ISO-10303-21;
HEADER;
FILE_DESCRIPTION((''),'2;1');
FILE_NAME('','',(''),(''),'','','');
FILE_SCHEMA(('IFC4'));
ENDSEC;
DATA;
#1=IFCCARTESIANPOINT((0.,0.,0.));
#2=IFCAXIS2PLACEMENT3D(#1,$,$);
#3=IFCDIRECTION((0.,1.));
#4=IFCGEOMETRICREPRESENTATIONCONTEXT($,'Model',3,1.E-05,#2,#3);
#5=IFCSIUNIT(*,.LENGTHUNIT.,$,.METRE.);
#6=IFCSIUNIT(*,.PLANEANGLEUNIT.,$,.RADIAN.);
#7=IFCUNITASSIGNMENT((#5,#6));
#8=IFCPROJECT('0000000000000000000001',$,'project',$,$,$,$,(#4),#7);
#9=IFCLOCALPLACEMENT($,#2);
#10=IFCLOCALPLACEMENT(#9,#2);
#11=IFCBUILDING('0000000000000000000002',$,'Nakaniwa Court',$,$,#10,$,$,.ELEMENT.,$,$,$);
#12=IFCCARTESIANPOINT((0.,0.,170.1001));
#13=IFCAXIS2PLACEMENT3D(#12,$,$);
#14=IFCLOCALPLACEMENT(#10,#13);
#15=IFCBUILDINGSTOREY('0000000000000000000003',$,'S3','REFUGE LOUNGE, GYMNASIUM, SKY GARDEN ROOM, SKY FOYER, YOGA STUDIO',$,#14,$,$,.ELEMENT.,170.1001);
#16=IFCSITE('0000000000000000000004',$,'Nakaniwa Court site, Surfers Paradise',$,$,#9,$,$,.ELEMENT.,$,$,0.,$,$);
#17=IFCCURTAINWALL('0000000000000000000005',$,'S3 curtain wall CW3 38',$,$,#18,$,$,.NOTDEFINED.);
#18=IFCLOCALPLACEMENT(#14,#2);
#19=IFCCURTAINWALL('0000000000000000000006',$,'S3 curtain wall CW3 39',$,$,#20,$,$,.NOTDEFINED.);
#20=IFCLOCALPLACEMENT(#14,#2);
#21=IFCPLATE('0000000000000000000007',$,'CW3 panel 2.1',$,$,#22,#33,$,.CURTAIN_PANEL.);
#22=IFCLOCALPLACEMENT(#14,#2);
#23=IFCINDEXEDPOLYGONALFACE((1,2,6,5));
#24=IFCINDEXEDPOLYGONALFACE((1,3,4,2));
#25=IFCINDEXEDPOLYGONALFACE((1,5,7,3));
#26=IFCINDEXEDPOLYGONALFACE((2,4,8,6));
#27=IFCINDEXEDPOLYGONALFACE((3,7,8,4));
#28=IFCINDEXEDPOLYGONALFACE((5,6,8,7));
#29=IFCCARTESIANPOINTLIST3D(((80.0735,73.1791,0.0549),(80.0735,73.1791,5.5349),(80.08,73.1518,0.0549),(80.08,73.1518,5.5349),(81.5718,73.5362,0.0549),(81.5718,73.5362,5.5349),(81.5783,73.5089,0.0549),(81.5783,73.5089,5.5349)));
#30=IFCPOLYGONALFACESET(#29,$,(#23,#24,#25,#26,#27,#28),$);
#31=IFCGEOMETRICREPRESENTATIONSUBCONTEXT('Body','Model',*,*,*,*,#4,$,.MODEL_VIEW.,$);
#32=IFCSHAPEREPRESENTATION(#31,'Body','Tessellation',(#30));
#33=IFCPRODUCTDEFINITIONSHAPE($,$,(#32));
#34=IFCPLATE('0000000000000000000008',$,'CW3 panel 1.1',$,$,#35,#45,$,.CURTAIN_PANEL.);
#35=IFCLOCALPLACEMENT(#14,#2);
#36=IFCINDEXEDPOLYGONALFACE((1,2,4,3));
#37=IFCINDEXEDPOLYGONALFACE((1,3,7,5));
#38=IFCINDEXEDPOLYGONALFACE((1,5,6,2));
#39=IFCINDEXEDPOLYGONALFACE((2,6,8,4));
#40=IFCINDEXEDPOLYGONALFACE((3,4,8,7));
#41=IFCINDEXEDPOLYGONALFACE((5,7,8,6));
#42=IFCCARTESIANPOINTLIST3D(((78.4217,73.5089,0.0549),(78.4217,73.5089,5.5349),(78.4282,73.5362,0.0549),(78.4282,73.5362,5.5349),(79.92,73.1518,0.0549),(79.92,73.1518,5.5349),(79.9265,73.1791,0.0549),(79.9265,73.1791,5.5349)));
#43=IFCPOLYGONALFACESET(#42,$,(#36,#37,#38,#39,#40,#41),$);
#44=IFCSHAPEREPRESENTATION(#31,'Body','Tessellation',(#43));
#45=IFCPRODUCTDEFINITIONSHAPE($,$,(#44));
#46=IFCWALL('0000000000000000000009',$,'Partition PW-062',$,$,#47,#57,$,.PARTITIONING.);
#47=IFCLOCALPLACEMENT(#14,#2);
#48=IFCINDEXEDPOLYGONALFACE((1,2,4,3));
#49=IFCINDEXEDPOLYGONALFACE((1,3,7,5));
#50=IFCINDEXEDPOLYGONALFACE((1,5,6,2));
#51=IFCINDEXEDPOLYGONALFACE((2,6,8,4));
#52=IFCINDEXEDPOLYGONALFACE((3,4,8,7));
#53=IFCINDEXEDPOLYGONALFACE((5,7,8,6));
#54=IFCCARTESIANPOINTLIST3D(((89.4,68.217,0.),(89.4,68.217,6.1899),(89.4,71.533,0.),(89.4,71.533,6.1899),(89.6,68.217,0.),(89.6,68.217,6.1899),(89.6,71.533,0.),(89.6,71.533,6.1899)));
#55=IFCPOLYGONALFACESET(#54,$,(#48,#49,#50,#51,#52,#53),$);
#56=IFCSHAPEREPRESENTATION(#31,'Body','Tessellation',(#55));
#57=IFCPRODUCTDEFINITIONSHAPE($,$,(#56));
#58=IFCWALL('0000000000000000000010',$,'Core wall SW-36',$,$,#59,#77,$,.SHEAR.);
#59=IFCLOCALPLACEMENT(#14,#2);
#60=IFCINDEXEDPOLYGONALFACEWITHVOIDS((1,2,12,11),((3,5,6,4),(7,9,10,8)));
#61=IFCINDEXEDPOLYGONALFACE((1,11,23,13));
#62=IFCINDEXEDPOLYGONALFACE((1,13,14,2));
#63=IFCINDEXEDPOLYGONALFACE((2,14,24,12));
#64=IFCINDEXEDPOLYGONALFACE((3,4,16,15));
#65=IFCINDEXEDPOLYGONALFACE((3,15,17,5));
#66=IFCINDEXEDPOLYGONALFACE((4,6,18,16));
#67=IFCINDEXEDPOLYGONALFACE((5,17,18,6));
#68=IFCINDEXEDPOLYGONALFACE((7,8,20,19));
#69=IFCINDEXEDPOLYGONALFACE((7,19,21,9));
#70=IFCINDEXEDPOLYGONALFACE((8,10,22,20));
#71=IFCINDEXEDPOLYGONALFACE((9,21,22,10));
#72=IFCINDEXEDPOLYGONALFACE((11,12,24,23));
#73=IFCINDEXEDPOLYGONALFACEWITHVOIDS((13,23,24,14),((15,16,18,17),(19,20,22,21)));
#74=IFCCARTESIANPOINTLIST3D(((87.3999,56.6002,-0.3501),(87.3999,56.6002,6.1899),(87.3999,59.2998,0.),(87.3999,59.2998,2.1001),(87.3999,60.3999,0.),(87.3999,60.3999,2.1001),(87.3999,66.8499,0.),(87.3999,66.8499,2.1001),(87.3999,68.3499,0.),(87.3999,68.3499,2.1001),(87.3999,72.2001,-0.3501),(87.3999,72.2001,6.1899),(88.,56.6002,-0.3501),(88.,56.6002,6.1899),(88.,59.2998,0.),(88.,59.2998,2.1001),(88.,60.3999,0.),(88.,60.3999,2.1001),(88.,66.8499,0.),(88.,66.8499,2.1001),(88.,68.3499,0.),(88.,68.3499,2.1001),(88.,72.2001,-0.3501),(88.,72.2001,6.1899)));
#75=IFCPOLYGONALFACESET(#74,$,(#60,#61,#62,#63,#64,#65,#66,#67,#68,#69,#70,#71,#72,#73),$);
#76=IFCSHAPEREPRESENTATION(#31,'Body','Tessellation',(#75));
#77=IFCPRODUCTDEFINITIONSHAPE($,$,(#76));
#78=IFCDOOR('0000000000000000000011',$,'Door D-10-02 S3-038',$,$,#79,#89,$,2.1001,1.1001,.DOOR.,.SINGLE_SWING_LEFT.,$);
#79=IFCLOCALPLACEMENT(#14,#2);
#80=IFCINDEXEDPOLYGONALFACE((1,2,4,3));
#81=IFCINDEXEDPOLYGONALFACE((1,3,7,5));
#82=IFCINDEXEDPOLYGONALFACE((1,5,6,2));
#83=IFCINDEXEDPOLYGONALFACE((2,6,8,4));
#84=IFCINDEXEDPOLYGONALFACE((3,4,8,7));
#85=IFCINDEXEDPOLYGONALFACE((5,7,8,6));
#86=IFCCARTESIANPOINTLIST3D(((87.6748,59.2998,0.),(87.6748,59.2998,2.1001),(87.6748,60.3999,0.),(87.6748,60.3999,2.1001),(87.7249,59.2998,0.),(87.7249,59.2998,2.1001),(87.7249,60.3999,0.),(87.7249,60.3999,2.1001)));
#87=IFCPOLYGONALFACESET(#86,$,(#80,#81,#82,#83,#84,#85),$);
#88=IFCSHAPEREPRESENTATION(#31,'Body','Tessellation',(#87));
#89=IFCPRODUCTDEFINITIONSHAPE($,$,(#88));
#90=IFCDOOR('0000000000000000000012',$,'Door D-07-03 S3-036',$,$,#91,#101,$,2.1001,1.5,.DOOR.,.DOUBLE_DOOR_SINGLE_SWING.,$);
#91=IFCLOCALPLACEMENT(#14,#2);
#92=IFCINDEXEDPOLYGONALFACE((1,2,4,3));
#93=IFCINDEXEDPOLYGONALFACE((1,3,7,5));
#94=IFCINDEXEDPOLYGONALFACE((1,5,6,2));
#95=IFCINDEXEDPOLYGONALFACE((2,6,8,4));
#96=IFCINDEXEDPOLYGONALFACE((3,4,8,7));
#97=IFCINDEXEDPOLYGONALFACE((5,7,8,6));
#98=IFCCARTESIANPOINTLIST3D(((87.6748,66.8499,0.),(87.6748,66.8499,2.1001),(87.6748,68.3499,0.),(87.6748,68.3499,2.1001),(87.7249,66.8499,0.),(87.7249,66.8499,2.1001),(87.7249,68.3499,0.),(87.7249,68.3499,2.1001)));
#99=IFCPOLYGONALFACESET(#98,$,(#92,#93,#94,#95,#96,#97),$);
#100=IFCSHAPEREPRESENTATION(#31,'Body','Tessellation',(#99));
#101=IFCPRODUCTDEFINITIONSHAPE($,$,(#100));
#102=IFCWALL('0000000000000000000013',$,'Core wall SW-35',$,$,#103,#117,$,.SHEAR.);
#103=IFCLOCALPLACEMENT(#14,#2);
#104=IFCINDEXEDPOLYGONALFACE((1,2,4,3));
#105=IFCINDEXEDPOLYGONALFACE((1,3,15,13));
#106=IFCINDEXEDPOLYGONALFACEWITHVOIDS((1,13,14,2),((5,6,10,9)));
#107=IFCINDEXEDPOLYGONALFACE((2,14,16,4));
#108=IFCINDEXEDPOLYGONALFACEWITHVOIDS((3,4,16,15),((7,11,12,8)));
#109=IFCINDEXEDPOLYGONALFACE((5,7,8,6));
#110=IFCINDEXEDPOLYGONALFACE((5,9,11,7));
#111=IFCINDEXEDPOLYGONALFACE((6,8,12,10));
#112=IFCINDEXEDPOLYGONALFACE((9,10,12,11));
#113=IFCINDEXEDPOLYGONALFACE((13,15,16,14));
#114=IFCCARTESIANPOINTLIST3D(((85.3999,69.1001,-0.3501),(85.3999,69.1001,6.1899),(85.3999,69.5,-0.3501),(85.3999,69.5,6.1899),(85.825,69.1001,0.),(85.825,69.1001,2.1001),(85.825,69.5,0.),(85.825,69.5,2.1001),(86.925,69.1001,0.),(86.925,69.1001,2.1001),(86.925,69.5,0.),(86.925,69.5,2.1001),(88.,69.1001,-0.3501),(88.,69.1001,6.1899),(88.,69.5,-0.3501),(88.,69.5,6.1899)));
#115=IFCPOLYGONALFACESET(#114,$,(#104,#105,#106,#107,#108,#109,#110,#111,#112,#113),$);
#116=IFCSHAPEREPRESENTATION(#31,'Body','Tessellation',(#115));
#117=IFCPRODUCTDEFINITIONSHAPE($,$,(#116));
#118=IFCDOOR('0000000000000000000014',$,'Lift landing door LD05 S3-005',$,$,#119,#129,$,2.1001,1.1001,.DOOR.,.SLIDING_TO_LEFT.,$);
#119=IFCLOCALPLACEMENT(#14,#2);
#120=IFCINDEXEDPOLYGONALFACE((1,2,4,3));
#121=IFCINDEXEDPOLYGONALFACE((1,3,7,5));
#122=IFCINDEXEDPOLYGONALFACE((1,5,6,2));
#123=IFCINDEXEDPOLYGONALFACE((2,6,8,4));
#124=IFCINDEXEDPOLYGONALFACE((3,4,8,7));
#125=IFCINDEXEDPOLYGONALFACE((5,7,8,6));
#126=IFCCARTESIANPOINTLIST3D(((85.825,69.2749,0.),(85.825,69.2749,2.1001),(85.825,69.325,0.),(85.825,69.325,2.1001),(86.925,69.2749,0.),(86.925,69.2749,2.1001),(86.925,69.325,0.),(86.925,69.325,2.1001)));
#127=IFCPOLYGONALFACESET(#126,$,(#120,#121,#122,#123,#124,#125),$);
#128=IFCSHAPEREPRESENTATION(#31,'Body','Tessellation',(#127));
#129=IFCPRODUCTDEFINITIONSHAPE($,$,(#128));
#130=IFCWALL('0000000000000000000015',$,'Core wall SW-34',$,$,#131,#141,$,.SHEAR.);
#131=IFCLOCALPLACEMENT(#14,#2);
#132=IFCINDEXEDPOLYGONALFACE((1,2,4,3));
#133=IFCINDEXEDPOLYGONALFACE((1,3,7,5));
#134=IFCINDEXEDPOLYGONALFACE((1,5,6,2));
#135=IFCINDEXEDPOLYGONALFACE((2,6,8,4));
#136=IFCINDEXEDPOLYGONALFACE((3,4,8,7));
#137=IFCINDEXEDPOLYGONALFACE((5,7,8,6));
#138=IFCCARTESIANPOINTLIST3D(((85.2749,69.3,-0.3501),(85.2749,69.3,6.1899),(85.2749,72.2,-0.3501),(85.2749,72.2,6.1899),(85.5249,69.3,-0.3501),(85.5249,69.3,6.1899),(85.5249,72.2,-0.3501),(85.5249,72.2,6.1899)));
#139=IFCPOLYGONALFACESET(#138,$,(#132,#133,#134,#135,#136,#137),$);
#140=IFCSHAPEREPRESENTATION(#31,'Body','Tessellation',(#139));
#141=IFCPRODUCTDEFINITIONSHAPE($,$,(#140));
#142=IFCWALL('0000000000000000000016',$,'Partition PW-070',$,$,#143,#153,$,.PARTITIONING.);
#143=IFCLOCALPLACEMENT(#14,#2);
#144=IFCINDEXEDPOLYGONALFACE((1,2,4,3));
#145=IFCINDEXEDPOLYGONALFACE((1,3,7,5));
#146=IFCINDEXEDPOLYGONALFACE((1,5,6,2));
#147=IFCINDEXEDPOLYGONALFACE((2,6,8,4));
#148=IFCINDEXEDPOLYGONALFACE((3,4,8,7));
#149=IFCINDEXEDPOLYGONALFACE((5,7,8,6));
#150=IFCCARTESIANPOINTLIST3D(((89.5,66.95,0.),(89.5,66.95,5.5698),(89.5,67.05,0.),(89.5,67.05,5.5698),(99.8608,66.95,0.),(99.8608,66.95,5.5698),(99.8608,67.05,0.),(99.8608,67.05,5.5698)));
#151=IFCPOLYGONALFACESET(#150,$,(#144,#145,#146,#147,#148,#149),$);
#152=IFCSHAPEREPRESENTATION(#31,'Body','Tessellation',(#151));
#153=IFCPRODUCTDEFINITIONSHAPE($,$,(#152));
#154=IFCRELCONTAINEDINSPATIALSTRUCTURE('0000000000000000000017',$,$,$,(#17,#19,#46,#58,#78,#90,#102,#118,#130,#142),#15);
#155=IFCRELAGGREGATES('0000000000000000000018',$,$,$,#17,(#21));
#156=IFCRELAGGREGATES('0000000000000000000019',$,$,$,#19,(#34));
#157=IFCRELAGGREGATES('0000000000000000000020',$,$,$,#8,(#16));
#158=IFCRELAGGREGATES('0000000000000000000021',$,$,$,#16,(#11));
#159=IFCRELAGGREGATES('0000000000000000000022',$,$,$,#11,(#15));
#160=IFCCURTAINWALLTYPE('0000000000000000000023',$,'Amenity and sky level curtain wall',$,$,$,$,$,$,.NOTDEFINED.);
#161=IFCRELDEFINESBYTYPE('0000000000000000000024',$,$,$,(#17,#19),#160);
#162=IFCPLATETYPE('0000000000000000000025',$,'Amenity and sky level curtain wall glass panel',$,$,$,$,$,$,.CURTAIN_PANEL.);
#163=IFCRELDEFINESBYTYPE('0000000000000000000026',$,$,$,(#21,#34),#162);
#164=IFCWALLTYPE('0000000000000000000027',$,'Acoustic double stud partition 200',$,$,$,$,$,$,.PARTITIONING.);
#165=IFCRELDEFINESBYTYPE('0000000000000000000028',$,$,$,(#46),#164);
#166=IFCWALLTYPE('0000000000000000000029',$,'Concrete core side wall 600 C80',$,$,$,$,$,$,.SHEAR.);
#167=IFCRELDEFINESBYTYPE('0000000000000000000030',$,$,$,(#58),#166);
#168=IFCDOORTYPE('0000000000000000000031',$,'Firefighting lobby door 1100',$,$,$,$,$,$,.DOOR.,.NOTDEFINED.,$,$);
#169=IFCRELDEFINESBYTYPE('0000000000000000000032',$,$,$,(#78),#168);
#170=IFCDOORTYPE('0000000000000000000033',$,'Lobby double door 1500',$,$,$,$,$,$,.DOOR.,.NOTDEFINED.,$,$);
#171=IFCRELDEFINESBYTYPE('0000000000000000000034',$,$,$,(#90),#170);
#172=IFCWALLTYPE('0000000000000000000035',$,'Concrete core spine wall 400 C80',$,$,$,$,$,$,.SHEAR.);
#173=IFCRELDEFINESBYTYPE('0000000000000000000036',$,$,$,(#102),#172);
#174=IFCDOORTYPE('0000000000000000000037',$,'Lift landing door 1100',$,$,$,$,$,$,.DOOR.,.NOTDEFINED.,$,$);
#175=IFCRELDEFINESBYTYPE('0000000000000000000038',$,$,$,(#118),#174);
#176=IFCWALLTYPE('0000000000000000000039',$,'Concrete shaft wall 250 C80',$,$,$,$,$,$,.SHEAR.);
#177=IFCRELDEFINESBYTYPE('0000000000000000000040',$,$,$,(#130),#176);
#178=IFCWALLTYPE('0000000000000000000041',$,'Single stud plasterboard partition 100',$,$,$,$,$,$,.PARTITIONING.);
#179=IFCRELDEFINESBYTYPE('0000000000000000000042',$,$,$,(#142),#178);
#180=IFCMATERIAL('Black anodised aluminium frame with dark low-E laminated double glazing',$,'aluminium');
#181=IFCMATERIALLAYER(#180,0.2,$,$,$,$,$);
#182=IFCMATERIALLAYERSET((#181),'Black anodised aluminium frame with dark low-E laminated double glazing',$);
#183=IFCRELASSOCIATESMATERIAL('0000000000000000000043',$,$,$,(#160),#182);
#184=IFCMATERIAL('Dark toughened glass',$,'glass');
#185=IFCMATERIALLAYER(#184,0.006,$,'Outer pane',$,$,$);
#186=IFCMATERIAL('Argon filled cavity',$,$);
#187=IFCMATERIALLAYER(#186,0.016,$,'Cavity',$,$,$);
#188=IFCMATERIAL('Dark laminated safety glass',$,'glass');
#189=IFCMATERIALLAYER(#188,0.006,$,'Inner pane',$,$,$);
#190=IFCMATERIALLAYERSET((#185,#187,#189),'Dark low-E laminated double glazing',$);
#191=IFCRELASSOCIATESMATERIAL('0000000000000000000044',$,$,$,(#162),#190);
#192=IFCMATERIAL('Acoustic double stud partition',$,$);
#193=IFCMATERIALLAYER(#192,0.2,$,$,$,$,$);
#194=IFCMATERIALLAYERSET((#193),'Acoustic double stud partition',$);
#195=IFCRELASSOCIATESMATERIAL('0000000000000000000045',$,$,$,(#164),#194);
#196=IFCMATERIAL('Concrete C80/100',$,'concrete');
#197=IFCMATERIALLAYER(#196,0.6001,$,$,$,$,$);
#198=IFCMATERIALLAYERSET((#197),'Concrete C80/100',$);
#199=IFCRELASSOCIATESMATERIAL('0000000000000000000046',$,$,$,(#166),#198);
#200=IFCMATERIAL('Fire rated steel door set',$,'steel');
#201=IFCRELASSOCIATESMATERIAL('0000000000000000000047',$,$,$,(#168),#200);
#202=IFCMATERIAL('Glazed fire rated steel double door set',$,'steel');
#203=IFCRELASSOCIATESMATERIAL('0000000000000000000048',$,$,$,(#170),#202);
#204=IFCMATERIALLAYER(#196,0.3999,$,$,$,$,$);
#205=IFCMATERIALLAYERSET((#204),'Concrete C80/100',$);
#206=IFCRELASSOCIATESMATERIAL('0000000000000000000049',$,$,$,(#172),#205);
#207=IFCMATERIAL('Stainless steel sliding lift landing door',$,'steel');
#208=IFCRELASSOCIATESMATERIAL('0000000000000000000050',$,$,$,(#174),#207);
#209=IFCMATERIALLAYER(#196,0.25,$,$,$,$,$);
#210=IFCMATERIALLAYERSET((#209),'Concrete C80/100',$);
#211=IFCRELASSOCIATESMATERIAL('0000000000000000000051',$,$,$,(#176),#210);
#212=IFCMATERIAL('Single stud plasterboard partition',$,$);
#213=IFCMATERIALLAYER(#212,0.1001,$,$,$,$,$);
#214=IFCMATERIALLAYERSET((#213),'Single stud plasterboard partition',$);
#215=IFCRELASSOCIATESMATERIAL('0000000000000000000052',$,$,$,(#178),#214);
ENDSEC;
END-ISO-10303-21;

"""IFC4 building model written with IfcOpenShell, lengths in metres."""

from ifc_helpers import new_model, si_unit, direction, frame, frame_2d, origin, origin_2d, place, context, subcontext, project, spatial, rectangle, extrude, material, layer, layer_set, type_object, element, fill, aggregate, save


model = new_model("IFC4")

# Units and contexts
model_context = context("Model", 3, precision=1e-05, world=origin(), true_north=direction((0.0, 1.0)))
body_context = subcontext(model_context, "Body", "Model", "MODEL_VIEW")
ifc_project = project(units=[si_unit("LENGTHUNIT", "METRE"), si_unit("PLANEANGLEUNIT", "RADIAN")], contexts=[model_context])

# Site, building, storey
site_placement = place(None, origin())
site = spatial("IfcSite", under=ifc_project, at=site_placement, Name="Nakaniwa Court site, Surfers Paradise", CompositionType="ELEMENT", RefElevation=0.0)
building_placement = place(site_placement, origin())
building = spatial("IfcBuilding", under=site, at=building_placement, Name="Nakaniwa Court", CompositionType="ELEMENT")
storey_placement = place(building_placement, frame((0.0, 0.0, 170.1001)))
storey = spatial("IfcBuildingStorey", under=building, at=storey_placement, Name="S3", Description="REFUGE LOUNGE, GYMNASIUM, SKY GARDEN ROOM, SKY FOYER, YOGA STUDIO", CompositionType="ELEMENT", Elevation=170.1001)

# Shared definitions
ifc_material_1 = material(Name="Concrete C80/100", Category="concrete")

# Shared definitions
ifc_material_2 = material(Name="Black anodised aluminium frame with dark low-E laminated double glazing", Category="aluminium")
ifc_layer_1 = layer(ifc_material_2, 0.2)
ifc_layer_set_1 = layer_set([ifc_layer_1], Name="Black anodised aluminium frame with dark low-E laminated double glazing")
curtain_wall_type = type_object("IfcCurtainWallType", Name="Amenity and sky level curtain wall", PredefinedType="NOTDEFINED", material=ifc_layer_set_1)

# Curtain walls
curtain_wall_1_placement = place(storey_placement, origin())
curtain_wall_1 = element("IfcCurtainWall", 1, at=curtain_wall_1_placement, inside=storey, type_object=curtain_wall_type, Name="S3 curtain wall CW3 38", PredefinedType="NOTDEFINED")
curtain_wall_2_placement = place(storey_placement, origin())
curtain_wall_2 = element("IfcCurtainWall", 2, at=curtain_wall_2_placement, inside=storey, type_object=curtain_wall_type, Name="S3 curtain wall CW3 39", PredefinedType="NOTDEFINED")

# Plates
ifc_material_3 = material(Name="Dark toughened glass", Category="glass")
ifc_layer_2 = layer(ifc_material_3, 0.006, Name="Outer pane")
ifc_material_4 = material(Name="Argon filled cavity")
ifc_layer_3 = layer(ifc_material_4, 0.016, Name="Cavity")
ifc_material_5 = material(Name="Dark laminated safety glass", Category="glass")
ifc_layer_4 = layer(ifc_material_5, 0.006, Name="Inner pane")
ifc_layer_set_2 = layer_set([ifc_layer_2, ifc_layer_3, ifc_layer_4], Name="Dark low-E laminated double glazing")
plate_type = type_object("IfcPlateType", Name="Amenity and sky level curtain wall glass panel", PredefinedType="CURTAIN_PANEL", material=ifc_layer_set_2)
plate_1_placement = place(storey_placement, frame((80.8259, 73.344, 0.0549), z_axis=(0.0, 0.0, 1.0), x_axis=(-0.972766, -0.231791, 0.0)))
plate_1 = element("IfcPlate", 3, at=plate_1_placement, type_object=plate_type, Name="CW3 panel 2.1", PredefinedType="CURTAIN_PANEL", context=body_context, shape_type="SweptSolid", body=[
    extrude(rectangle(XDim=1.5403, YDim=0.0281, at=origin_2d()), origin(), (0.0, 0.0, 1.0), 5.48),
])
aggregate(curtain_wall_1, [plate_1])
plate_2_placement = place(storey_placement, frame((79.1741, 73.344, 0.0549), z_axis=(0.0, 0.0, 1.0), x_axis=(-0.972766, 0.231791, 0.0)))
plate_2 = element("IfcPlate", 4, at=plate_2_placement, type_object=plate_type, Name="CW3 panel 1.1", PredefinedType="CURTAIN_PANEL", context=body_context, shape_type="SweptSolid", body=[
    extrude(rectangle(XDim=1.5403, YDim=0.0281, at=origin_2d()), origin(), (0.0, 0.0, 1.0), 5.48),
])
aggregate(curtain_wall_2, [plate_2])

# Wall
ifc_material_6 = material(Name="Acoustic double stud partition")
ifc_layer_5 = layer(ifc_material_6, 0.2)
ifc_layer_set_3 = layer_set([ifc_layer_5], Name="Acoustic double stud partition")
wall_type_1 = type_object("IfcWallType", Name="Acoustic double stud partition 200", PredefinedType="PARTITIONING", material=ifc_layer_set_3)
wall_1_placement = place(storey_placement, frame((89.5, 68.217, 0.0), z_axis=(0.0, 0.0, 1.0), x_axis=(0.0, 1.0, 0.0)))
element("IfcWall", 5, at=wall_1_placement, inside=storey, type_object=wall_type_1, Name="Partition PW-062", PredefinedType="PARTITIONING", context=body_context, shape_type="SweptSolid", body=[
    extrude(rectangle(XDim=3.3159, YDim=0.2, at=frame_2d((1.658, 0.0))), origin(), (0.0, 0.0, 1.0), 6.1899),
])

# Wall, openings, doors
ifc_layer_6 = layer(ifc_material_1, 0.6001)
ifc_layer_set_4 = layer_set([ifc_layer_6], Name="Concrete C80/100")
wall_type_2 = type_object("IfcWallType", Name="Concrete core side wall 600 C80", PredefinedType="SHEAR", material=ifc_layer_set_4)
wall_2_placement = place(storey_placement, frame((87.7, 72.2, -0.3501), z_axis=(0.0, 0.0, 1.0), x_axis=(0.0, -1.0, 0.0)))
wall_2 = element("IfcWall", 6, at=wall_2_placement, inside=storey, type_object=wall_type_2, Name="Core wall SW-36", PredefinedType="SHEAR", context=body_context, shape_type="SweptSolid", body=[
    extrude(rectangle(XDim=15.5999, YDim=0.6001, at=frame_2d((7.7998, 0.0))), origin(), (0.0, 0.0, 1.0), 6.54),
])
opening_1_placement = place(wall_2_placement, frame((3.8501, 0.0, 0.3501)))
opening_1 = element("IfcOpeningElement", 7, at=opening_1_placement, cuts=wall_2, PredefinedType="OPENING", context=body_context, shape_type="SweptSolid", body=[
    extrude(rectangle(XDim=1.5, YDim=2.1001, at=frame_2d((0.75, 1.05))), frame((0.0, 0.3101, 0.0), z_axis=(0.0, -1.0, 0.0), x_axis=(1.0, 0.0, 0.0)), (0.0, 0.0, 1.0), 0.6201),
])
opening_2_placement = place(wall_2_placement, frame((11.8, 0.0, 0.3501)))
opening_2 = element("IfcOpeningElement", 8, at=opening_2_placement, cuts=wall_2, PredefinedType="OPENING", context=body_context, shape_type="SweptSolid", body=[
    extrude(rectangle(XDim=1.1001, YDim=2.1001, at=frame_2d((0.55, 1.05))), frame((0.0, 0.3101, 0.0), z_axis=(0.0, -1.0, 0.0), x_axis=(1.0, 0.0, 0.0)), (0.0, 0.0, 1.0), 0.6201),
])
ifc_material_7 = material(Name="Fire rated steel door set", Category="steel")
door_type_1 = type_object("IfcDoorType", Name="Firefighting lobby door 1100", OperationType="NOTDEFINED", PredefinedType="DOOR", material=ifc_material_7)
door_1_placement = place(opening_2_placement, origin())
door_1 = element("IfcDoor", 9, at=door_1_placement, inside=storey, type_object=door_type_1, Name="Door D-10-02 S3-038", OperationType="SINGLE_SWING_LEFT", OverallHeight=2.1001, OverallWidth=1.1001, PredefinedType="DOOR", context=body_context, shape_type="SweptSolid", body=[
    extrude(rectangle(XDim=1.1001, YDim=2.1001, at=frame_2d((0.55, 1.05))), frame((0.0, 0.0249, 0.0), z_axis=(0.0, -1.0, 0.0), x_axis=(1.0, 0.0, 0.0)), (0.0, 0.0, 1.0), 0.05),
])
fill(opening_2, door_1)
ifc_material_8 = material(Name="Glazed fire rated steel double door set", Category="steel")
door_type_2 = type_object("IfcDoorType", Name="Lobby double door 1500", OperationType="NOTDEFINED", PredefinedType="DOOR", material=ifc_material_8)
door_2_placement = place(opening_1_placement, origin())
door_2 = element("IfcDoor", 10, at=door_2_placement, inside=storey, type_object=door_type_2, Name="Door D-07-03 S3-036", OperationType="DOUBLE_DOOR_SINGLE_SWING", OverallHeight=2.1001, OverallWidth=1.5, PredefinedType="DOOR", context=body_context, shape_type="SweptSolid", body=[
    extrude(rectangle(XDim=1.5, YDim=2.1001, at=frame_2d((0.75, 1.05))), frame((0.0, 0.0249, 0.0), z_axis=(0.0, -1.0, 0.0), x_axis=(1.0, 0.0, 0.0)), (0.0, 0.0, 1.0), 0.05),
])
fill(opening_1, door_2)

# Wall, opening, door
ifc_layer_7 = layer(ifc_material_1, 0.3999)
ifc_layer_set_5 = layer_set([ifc_layer_7], Name="Concrete C80/100")
wall_type_3 = type_object("IfcWallType", Name="Concrete core spine wall 400 C80", PredefinedType="SHEAR", material=ifc_layer_set_5)
wall_3_placement = place(storey_placement, frame((85.3999, 69.3, -0.3501), z_axis=(0.0, 0.0, 1.0), x_axis=(1.0, 0.0, 0.0)))
wall_3 = element("IfcWall", 11, at=wall_3_placement, inside=storey, type_object=wall_type_3, Name="Core wall SW-35", PredefinedType="SHEAR", context=body_context, shape_type="SweptSolid", body=[
    extrude(rectangle(XDim=2.6001, YDim=0.3999, at=frame_2d((1.3, 0.0))), origin(), (0.0, 0.0, 1.0), 6.54),
])
opening_3_placement = place(wall_3_placement, frame((0.425, 0.0, 0.3501)))
opening_3 = element("IfcOpeningElement", 12, at=opening_3_placement, cuts=wall_3, PredefinedType="OPENING", context=body_context, shape_type="SweptSolid", body=[
    extrude(rectangle(XDim=1.1001, YDim=2.1001, at=frame_2d((0.55, 1.05))), frame((0.0, 0.21, 0.0), z_axis=(0.0, -1.0, 0.0), x_axis=(1.0, 0.0, 0.0)), (0.0, 0.0, 1.0), 0.4199),
])
ifc_material_9 = material(Name="Stainless steel sliding lift landing door", Category="steel")
door_type_3 = type_object("IfcDoorType", Name="Lift landing door 1100", OperationType="NOTDEFINED", PredefinedType="DOOR", material=ifc_material_9)
door_3_placement = place(opening_3_placement, origin())
door_3 = element("IfcDoor", 13, at=door_3_placement, inside=storey, type_object=door_type_3, Name="Lift landing door LD05 S3-005", OperationType="SLIDING_TO_LEFT", OverallHeight=2.1001, OverallWidth=1.1001, PredefinedType="DOOR", context=body_context, shape_type="SweptSolid", body=[
    extrude(rectangle(XDim=1.1001, YDim=2.1001, at=frame_2d((0.55, 1.05))), frame((0.0, 0.0249, 0.0), z_axis=(0.0, -1.0, 0.0), x_axis=(1.0, 0.0, 0.0)), (0.0, 0.0, 1.0), 0.05),
])
fill(opening_3, door_3)

# Walls
ifc_layer_8 = layer(ifc_material_1, 0.25)
ifc_layer_set_6 = layer_set([ifc_layer_8], Name="Concrete C80/100")
wall_type_4 = type_object("IfcWallType", Name="Concrete shaft wall 250 C80", PredefinedType="SHEAR", material=ifc_layer_set_6)
wall_4_placement = place(storey_placement, frame((85.3999, 69.3, -0.3501), z_axis=(0.0, 0.0, 1.0), x_axis=(0.0, 1.0, 0.0)))
element("IfcWall", 14, at=wall_4_placement, inside=storey, type_object=wall_type_4, Name="Core wall SW-34", PredefinedType="SHEAR", context=body_context, shape_type="SweptSolid", body=[
    extrude(rectangle(XDim=2.8999, YDim=0.25, at=frame_2d((1.45, 0.0))), origin(), (0.0, 0.0, 1.0), 6.54),
])
ifc_material_10 = material(Name="Single stud plasterboard partition")
ifc_layer_9 = layer(ifc_material_10, 0.1001)
ifc_layer_set_7 = layer_set([ifc_layer_9], Name="Single stud plasterboard partition")
wall_type_5 = type_object("IfcWallType", Name="Single stud plasterboard partition 100", PredefinedType="PARTITIONING", material=ifc_layer_set_7)
wall_5_placement = place(storey_placement, frame((89.5, 67.0, 0.0), z_axis=(0.0, 0.0, 1.0), x_axis=(1.0, 0.0, 0.0)))
element("IfcWall", 15, at=wall_5_placement, inside=storey, type_object=wall_type_5, Name="Partition PW-070", PredefinedType="PARTITIONING", context=body_context, shape_type="SweptSolid", body=[
    extrude(rectangle(XDim=10.3608, YDim=0.1001, at=frame_2d((5.1804, 0.0))), origin(), (0.0, 0.0, 1.0), 5.5698),
])

save(model, "model.ifc")
